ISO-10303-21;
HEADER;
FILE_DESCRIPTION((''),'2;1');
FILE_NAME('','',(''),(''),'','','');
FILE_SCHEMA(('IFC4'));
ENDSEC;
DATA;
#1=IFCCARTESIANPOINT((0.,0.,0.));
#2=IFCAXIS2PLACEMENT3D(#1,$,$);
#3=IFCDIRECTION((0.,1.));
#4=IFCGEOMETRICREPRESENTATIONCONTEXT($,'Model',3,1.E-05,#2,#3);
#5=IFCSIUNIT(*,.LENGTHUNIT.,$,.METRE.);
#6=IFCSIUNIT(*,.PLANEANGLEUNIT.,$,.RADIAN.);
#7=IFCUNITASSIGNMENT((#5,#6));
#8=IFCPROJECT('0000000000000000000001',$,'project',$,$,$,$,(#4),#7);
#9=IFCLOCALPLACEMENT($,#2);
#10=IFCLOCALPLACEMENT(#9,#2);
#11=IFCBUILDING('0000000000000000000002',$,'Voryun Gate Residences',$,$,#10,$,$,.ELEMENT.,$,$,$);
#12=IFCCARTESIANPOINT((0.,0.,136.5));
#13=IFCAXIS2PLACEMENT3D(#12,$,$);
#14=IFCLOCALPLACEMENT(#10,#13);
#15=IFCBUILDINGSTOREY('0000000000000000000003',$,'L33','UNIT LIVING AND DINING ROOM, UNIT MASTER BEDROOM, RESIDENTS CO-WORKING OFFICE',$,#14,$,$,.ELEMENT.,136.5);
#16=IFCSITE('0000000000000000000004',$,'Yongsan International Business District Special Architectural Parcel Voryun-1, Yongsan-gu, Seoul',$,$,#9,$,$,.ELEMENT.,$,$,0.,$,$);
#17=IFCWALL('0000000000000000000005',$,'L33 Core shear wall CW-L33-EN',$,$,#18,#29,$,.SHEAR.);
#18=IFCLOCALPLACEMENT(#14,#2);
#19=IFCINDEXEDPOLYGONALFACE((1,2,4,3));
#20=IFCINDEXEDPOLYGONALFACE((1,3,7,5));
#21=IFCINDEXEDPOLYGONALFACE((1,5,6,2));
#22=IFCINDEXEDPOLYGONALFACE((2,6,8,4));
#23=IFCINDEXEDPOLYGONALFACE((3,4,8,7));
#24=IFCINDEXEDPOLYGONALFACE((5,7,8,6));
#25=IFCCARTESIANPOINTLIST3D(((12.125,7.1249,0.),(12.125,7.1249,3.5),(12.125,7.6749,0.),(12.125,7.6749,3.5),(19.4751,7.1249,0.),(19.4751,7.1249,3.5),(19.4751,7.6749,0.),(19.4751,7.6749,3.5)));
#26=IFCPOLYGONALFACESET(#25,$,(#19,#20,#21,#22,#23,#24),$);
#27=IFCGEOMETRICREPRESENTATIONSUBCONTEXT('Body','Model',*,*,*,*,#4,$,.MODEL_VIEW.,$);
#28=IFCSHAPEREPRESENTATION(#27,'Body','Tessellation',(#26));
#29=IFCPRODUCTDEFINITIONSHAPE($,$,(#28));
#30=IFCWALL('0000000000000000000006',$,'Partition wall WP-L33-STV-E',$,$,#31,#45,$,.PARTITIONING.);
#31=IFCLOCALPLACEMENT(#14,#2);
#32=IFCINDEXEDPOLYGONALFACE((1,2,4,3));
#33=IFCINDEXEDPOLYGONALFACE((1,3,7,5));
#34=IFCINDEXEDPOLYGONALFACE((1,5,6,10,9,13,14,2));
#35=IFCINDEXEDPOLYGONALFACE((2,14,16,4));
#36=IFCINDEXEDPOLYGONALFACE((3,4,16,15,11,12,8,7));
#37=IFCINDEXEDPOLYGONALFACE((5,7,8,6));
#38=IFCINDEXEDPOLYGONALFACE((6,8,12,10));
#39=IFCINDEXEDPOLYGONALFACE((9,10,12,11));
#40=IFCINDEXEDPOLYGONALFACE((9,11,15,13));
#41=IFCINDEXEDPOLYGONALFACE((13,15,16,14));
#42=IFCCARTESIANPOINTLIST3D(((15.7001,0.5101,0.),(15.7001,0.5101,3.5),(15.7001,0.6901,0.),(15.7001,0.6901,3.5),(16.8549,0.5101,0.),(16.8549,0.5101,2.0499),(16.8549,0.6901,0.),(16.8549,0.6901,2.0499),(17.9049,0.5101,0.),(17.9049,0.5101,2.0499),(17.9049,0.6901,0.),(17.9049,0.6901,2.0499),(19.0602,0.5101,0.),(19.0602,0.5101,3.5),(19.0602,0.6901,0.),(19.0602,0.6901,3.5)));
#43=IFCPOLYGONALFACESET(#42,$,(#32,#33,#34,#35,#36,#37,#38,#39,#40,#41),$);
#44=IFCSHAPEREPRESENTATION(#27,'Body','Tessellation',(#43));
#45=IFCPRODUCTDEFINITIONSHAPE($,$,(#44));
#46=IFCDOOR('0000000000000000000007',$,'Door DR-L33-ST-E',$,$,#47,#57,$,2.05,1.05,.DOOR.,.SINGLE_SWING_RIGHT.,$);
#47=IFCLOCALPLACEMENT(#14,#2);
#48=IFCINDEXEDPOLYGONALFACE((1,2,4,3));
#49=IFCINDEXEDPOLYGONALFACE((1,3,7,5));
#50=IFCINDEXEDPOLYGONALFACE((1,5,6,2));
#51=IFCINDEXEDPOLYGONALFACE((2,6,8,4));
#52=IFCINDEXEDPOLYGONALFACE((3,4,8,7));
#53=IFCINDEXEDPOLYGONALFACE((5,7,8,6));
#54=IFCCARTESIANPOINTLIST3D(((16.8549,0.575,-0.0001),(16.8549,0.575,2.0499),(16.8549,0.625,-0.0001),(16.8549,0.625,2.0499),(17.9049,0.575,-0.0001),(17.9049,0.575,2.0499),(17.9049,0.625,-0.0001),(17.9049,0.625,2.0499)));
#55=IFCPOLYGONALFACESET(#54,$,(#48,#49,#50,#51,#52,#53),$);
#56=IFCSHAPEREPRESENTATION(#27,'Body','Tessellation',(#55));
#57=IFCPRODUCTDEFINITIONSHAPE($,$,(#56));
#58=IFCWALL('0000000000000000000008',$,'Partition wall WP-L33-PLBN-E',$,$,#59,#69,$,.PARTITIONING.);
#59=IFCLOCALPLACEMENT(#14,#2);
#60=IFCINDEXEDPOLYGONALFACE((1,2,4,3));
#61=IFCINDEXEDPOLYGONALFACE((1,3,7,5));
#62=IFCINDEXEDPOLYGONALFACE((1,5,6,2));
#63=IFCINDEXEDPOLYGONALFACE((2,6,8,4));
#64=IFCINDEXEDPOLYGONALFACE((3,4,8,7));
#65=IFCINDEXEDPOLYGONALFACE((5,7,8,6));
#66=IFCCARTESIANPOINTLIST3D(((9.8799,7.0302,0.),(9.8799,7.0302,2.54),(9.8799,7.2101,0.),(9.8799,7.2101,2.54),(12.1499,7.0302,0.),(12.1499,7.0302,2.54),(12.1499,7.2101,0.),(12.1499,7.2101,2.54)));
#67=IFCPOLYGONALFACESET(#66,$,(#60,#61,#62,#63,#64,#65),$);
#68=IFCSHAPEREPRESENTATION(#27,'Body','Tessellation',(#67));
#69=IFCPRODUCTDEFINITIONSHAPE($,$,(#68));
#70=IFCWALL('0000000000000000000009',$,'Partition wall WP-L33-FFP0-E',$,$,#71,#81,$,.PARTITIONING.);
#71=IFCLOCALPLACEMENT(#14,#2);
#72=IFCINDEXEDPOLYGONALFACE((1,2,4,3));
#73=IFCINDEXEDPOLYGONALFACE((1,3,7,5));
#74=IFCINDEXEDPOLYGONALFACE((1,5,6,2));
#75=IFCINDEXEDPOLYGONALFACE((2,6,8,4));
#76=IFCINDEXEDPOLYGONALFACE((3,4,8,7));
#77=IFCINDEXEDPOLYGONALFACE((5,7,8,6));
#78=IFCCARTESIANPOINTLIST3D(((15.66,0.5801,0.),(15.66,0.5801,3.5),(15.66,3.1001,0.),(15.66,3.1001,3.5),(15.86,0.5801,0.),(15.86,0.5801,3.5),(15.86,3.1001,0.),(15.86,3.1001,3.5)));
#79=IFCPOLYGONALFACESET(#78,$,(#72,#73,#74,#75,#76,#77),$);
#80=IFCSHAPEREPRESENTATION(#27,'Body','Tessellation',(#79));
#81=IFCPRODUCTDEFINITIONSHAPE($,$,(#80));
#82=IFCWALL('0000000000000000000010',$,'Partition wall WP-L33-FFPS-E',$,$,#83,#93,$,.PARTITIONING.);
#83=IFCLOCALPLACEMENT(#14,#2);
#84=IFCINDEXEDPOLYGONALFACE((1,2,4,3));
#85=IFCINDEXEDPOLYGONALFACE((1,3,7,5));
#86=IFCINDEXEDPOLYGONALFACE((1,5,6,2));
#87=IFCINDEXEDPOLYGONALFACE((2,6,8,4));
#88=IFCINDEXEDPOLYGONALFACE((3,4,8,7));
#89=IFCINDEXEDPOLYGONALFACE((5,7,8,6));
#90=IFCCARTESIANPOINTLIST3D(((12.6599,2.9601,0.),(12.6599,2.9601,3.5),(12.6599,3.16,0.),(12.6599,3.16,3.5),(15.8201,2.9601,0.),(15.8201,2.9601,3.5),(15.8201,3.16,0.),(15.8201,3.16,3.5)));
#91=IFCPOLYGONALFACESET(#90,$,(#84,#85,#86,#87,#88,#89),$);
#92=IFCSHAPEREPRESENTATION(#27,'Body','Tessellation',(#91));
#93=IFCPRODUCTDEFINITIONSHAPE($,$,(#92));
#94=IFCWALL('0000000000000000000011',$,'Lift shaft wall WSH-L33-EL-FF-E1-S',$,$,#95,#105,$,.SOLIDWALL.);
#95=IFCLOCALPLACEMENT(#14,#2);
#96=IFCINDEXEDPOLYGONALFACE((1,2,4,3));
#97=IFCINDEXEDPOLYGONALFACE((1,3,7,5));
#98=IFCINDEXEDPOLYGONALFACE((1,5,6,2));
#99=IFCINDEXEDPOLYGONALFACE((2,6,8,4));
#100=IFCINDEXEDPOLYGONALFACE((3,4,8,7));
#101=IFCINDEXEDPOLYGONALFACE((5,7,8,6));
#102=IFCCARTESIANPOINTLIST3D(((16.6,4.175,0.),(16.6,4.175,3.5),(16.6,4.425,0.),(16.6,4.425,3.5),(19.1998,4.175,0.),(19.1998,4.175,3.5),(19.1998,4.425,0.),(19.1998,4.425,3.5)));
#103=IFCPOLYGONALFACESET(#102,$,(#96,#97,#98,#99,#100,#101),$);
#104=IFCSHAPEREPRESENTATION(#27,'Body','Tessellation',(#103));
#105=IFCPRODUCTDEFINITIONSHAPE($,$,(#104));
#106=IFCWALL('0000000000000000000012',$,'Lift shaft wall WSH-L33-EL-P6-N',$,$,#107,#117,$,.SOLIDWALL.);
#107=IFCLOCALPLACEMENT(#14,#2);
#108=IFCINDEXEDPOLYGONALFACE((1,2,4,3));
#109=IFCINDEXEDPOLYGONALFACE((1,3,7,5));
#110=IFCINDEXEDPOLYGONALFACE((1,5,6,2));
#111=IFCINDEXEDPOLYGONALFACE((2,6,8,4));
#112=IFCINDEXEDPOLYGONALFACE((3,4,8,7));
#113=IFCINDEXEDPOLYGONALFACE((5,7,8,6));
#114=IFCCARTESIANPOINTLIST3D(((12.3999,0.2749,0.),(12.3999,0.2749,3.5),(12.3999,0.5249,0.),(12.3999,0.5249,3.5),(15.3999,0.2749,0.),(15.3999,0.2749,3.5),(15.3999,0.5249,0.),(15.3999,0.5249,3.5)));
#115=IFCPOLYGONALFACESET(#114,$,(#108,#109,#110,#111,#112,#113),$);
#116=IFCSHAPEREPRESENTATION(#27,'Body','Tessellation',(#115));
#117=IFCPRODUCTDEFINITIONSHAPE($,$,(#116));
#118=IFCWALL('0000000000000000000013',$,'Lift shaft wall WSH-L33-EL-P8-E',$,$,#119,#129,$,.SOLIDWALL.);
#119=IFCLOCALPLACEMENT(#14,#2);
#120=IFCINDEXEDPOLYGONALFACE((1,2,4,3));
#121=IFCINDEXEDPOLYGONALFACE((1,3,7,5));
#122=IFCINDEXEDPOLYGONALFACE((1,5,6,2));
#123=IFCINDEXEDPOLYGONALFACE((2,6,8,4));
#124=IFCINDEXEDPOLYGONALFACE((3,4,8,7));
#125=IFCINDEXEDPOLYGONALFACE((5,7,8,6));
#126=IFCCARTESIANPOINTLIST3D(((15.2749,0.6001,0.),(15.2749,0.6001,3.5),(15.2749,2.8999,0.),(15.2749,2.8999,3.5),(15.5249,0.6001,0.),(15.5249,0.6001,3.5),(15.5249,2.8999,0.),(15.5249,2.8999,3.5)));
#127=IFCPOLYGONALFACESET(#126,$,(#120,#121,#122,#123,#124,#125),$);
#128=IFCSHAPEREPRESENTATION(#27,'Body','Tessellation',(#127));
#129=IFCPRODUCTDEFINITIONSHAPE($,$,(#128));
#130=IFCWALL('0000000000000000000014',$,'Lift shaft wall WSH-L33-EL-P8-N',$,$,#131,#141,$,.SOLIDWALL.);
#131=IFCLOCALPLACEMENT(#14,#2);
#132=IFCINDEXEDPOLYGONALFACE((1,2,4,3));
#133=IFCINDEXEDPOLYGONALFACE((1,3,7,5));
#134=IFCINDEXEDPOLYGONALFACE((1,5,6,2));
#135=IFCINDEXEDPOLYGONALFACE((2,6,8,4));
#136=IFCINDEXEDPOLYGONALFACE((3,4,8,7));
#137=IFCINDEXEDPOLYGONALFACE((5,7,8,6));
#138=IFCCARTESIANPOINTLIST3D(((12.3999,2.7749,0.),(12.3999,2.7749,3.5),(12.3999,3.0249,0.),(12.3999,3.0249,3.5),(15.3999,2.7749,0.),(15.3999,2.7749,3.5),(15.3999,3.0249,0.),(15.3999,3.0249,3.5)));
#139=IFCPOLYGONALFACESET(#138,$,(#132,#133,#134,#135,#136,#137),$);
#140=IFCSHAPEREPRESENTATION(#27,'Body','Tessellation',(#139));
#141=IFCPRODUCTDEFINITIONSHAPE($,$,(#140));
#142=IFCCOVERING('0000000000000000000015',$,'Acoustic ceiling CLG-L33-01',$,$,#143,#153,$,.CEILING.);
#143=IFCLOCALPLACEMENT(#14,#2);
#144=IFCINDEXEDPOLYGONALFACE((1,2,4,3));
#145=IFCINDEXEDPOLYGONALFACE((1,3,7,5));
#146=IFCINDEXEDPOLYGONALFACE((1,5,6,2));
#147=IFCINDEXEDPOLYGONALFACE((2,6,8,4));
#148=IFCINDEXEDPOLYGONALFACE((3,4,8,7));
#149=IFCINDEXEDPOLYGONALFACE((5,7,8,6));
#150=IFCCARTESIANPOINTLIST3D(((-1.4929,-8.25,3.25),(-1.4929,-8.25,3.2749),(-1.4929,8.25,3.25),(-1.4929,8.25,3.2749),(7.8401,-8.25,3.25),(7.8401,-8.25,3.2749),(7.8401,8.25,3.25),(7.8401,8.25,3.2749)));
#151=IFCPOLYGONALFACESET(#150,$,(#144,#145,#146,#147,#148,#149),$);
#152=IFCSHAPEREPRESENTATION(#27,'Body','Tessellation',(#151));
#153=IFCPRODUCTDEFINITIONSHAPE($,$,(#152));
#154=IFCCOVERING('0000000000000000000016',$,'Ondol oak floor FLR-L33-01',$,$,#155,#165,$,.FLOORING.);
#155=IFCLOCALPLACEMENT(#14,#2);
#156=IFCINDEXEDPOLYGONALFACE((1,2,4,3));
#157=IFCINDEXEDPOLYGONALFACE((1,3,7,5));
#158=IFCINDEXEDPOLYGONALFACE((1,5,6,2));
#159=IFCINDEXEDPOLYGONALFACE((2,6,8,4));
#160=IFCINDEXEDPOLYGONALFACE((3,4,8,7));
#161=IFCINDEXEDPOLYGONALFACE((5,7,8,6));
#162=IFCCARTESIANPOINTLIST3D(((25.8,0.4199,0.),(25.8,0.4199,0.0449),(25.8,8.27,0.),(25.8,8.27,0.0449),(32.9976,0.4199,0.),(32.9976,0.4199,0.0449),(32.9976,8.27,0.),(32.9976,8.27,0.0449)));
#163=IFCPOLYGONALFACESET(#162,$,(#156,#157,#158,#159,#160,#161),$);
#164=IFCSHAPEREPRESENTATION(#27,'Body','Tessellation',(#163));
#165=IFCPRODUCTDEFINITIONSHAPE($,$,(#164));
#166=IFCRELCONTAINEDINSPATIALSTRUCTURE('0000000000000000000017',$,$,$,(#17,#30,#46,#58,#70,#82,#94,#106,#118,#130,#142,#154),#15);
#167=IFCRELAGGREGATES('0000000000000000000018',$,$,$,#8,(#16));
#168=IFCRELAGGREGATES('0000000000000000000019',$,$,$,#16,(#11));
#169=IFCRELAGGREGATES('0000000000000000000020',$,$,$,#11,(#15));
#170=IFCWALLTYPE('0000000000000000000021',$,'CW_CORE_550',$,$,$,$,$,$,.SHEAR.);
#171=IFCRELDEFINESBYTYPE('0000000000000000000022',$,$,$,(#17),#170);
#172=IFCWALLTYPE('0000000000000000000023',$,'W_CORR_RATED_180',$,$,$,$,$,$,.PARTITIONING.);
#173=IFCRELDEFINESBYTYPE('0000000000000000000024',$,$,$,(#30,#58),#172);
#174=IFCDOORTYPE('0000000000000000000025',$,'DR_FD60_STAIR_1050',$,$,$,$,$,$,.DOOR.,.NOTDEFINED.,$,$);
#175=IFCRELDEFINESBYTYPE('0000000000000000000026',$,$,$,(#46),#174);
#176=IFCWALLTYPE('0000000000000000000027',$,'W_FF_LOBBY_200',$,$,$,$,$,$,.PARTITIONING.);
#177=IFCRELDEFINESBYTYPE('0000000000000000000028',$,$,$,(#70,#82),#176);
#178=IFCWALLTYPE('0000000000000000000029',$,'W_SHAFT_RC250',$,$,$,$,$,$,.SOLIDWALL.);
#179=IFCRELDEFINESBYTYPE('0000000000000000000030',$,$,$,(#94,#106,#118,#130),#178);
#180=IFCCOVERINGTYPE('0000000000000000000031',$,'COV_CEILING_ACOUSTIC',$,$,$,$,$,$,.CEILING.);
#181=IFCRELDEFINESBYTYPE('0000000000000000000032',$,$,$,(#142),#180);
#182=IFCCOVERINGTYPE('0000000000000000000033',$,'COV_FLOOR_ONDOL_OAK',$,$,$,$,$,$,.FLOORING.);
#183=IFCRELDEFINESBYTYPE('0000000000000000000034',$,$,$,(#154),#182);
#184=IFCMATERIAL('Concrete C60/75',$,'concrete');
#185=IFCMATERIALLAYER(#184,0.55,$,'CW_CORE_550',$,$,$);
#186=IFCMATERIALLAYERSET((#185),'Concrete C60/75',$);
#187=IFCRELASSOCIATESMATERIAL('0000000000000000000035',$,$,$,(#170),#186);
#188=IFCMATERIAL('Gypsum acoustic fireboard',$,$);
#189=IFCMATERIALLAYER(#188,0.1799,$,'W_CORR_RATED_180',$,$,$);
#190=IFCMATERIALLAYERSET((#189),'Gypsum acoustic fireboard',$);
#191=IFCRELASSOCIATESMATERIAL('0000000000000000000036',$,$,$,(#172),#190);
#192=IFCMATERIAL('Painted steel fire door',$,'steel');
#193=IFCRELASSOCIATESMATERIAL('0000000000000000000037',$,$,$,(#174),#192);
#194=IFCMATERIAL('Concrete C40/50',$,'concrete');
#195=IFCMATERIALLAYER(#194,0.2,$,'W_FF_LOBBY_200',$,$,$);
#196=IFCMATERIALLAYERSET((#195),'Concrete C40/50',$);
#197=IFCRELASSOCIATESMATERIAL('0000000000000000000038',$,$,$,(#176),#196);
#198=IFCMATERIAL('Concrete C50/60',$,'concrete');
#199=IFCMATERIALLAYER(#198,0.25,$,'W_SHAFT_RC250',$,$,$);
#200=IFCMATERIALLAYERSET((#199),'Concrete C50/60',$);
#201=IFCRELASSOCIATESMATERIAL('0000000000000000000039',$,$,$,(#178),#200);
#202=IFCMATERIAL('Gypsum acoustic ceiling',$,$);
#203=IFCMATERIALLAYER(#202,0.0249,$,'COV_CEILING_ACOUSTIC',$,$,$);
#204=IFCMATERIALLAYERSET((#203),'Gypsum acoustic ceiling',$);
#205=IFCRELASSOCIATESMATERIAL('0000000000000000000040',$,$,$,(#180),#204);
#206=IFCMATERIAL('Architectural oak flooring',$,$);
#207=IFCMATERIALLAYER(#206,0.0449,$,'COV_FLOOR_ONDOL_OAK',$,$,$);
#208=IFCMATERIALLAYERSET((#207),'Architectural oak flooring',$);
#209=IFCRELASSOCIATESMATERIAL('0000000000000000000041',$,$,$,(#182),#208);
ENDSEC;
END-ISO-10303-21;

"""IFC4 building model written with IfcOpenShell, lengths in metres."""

from ifc_helpers import new_model, si_unit, direction, frame, frame_2d, origin, place, context, subcontext, project, spatial, polyline, rectangle, outline, extrude, material, layer, layer_set, type_object, element, fill, save


model = new_model("IFC4")

# Units and contexts
model_context = context("Model", 3, precision=1e-05, world=origin(), true_north=direction((0.0, 1.0)))
body_context = subcontext(model_context, "Body", "Model", "MODEL_VIEW")
ifc_project = project(units=[si_unit("LENGTHUNIT", "METRE"), si_unit("PLANEANGLEUNIT", "RADIAN")], contexts=[model_context])

# Site, building, storey
site_placement = place(None, origin())
site = spatial("IfcSite", under=ifc_project, at=site_placement, Name="Yongsan International Business District Special Architectural Parcel Voryun-1, Yongsan-gu, Seoul", CompositionType="ELEMENT", RefElevation=0.0)
building_placement = place(site_placement, origin())
building = spatial("IfcBuilding", under=site, at=building_placement, Name="Voryun Gate Residences", CompositionType="ELEMENT")
storey_placement = place(building_placement, frame((0.0, 0.0, 136.5)))
storey = spatial("IfcBuildingStorey", under=building, at=storey_placement, Name="L33", Description="UNIT LIVING AND DINING ROOM, UNIT MASTER BEDROOM, RESIDENTS CO-WORKING OFFICE", CompositionType="ELEMENT", Elevation=136.5)

# Wall
ifc_material_1 = material(Name="Concrete C60/75", Category="concrete")
ifc_layer_1 = layer(ifc_material_1, 0.55, Name="CW_CORE_550")
ifc_layer_set_1 = layer_set([ifc_layer_1], Name="Concrete C60/75")
wall_type_1 = type_object("IfcWallType", Name="CW_CORE_550", PredefinedType="SHEAR", material=ifc_layer_set_1)
wall_1_placement = place(storey_placement, frame((12.125, 7.3999, 0.0), z_axis=(0.0, 0.0, 1.0), x_axis=(1.0, 0.0, 0.0)))
element("IfcWall", 1, at=wall_1_placement, inside=storey, type_object=wall_type_1, Name="L33 Core shear wall CW-L33-EN", PredefinedType="SHEAR", context=body_context, shape_type="SweptSolid", body=[
    extrude(rectangle(XDim=7.3501, YDim=0.55, at=frame_2d((3.675, 0.0))), origin(), (0.0, 0.0, 1.0), 3.5),
])

# Wall, opening, door
ifc_material_2 = material(Name="Gypsum acoustic fireboard")
ifc_layer_2 = layer(ifc_material_2, 0.1799, Name="W_CORR_RATED_180")
ifc_layer_set_2 = layer_set([ifc_layer_2], Name="Gypsum acoustic fireboard")
wall_type_2 = type_object("IfcWallType", Name="W_CORR_RATED_180", PredefinedType="PARTITIONING", material=ifc_layer_set_2)
wall_2_placement = place(storey_placement, frame((15.7, 0.6001, 0.0), z_axis=(0.0, 0.0, 1.0), x_axis=(1.0, 0.0, 0.0)))
wall_2 = element("IfcWall", 2, at=wall_2_placement, inside=storey, type_object=wall_type_2, Name="Partition wall WP-L33-STV-E", PredefinedType="PARTITIONING", context=body_context, shape_type="SweptSolid", body=[
    extrude(rectangle(XDim=3.3601, YDim=0.1799, at=frame_2d((1.6802, 0.0))), origin(), (0.0, 0.0, 1.0), 3.5),
])
opening_placement = place(wall_2_placement, frame((1.155, 0.0, 0.0)))
opening = element("IfcOpeningElement", 3, at=opening_placement, cuts=wall_2, PredefinedType="OPENING", context=body_context, shape_type="SweptSolid", body=[
    extrude(rectangle(XDim=1.05, YDim=2.05, at=frame_2d((0.5249, 1.0249))), frame((0.0, 0.0999, 0.0), z_axis=(0.0, -1.0, 0.0), x_axis=(1.0, 0.0, 0.0)), (0.0, 0.0, 1.0), 0.2),
])
ifc_material_3 = material(Name="Painted steel fire door", Category="steel")
door_type = type_object("IfcDoorType", Name="DR_FD60_STAIR_1050", OperationType="NOTDEFINED", PredefinedType="DOOR", material=ifc_material_3)
door_placement = place(opening_placement, origin())
door = element("IfcDoor", 4, at=door_placement, inside=storey, type_object=door_type, Name="Door DR-L33-ST-E", OperationType="SINGLE_SWING_RIGHT", OverallHeight=2.05, OverallWidth=1.05, PredefinedType="DOOR", context=body_context, shape_type="SweptSolid", body=[
    extrude(rectangle(XDim=1.05, YDim=2.05, at=frame_2d((0.5249, 1.0249))), frame((0.0, 0.0249, 0.0), z_axis=(0.0, -1.0, 0.0), x_axis=(1.0, 0.0, 0.0)), (0.0, 0.0, 1.0), 0.05),
])
fill(opening, door)

# Walls
wall_3_placement = place(storey_placement, frame((9.8799, 7.1201, 0.0), z_axis=(0.0, 0.0, 1.0), x_axis=(1.0, 0.0, 0.0)))
element("IfcWall", 5, at=wall_3_placement, inside=storey, type_object=wall_type_2, Name="Partition wall WP-L33-PLBN-E", PredefinedType="PARTITIONING", context=body_context, shape_type="SweptSolid", body=[
    extrude(rectangle(XDim=2.27, YDim=0.1799, at=frame_2d((1.135, 0.0))), origin(), (0.0, 0.0, 1.0), 2.54),
])
ifc_material_4 = material(Name="Concrete C40/50", Category="concrete")
ifc_layer_3 = layer(ifc_material_4, 0.2, Name="W_FF_LOBBY_200")
ifc_layer_set_3 = layer_set([ifc_layer_3], Name="Concrete C40/50")
wall_type_3 = type_object("IfcWallType", Name="W_FF_LOBBY_200", PredefinedType="PARTITIONING", material=ifc_layer_set_3)
wall_4_placement = place(storey_placement, frame((15.76, 0.5801, 0.0), z_axis=(0.0, 0.0, 1.0), x_axis=(0.0, 1.0, 0.0)))
element("IfcWall", 6, at=wall_4_placement, inside=storey, type_object=wall_type_3, Name="Partition wall WP-L33-FFP0-E", PredefinedType="PARTITIONING", context=body_context, shape_type="SweptSolid", body=[
    extrude(rectangle(XDim=2.52, YDim=0.2, at=frame_2d((1.26, 0.0))), origin(), (0.0, 0.0, 1.0), 3.5),
])
wall_5_placement = place(storey_placement, frame((12.6599, 3.0601, 0.0), z_axis=(0.0, 0.0, 1.0), x_axis=(1.0, 0.0, 0.0)))
element("IfcWall", 7, at=wall_5_placement, inside=storey, type_object=wall_type_3, Name="Partition wall WP-L33-FFPS-E", PredefinedType="PARTITIONING", context=body_context, shape_type="SweptSolid", body=[
    extrude(rectangle(XDim=3.1602, YDim=0.2, at=frame_2d((1.5801, 0.0))), origin(), (0.0, 0.0, 1.0), 3.5),
])
ifc_material_5 = material(Name="Concrete C50/60", Category="concrete")
ifc_layer_4 = layer(ifc_material_5, 0.25, Name="W_SHAFT_RC250")
ifc_layer_set_4 = layer_set([ifc_layer_4], Name="Concrete C50/60")
wall_type_4 = type_object("IfcWallType", Name="W_SHAFT_RC250", PredefinedType="SOLIDWALL", material=ifc_layer_set_4)
wall_6_placement = place(storey_placement, frame((16.6001, 4.3, 0.0), z_axis=(0.0, 0.0, 1.0), x_axis=(1.0, 0.0, 0.0)))
element("IfcWall", 8, at=wall_6_placement, inside=storey, type_object=wall_type_4, Name="Lift shaft wall WSH-L33-EL-FF-E1-S", PredefinedType="SOLIDWALL", context=body_context, shape_type="SweptSolid", body=[
    extrude(rectangle(XDim=2.5999, YDim=0.25, at=frame_2d((1.2998, 0.0))), origin(), (0.0, 0.0, 1.0), 3.5),
])
wall_7_placement = place(storey_placement, frame((15.3999, 0.3999, 0.0), z_axis=(0.0, 0.0, 1.0), x_axis=(-1.0, 0.0, 0.0)))
element("IfcWall", 9, at=wall_7_placement, inside=storey, type_object=wall_type_4, Name="Lift shaft wall WSH-L33-EL-P6-N", PredefinedType="SOLIDWALL", context=body_context, shape_type="SweptSolid", body=[
    extrude(rectangle(XDim=3.0, YDim=0.25, at=frame_2d((1.5, 0.0))), origin(), (0.0, 0.0, 1.0), 3.5),
])
wall_8_placement = place(storey_placement, frame((15.3999, 0.6001, 0.0), z_axis=(0.0, 0.0, 1.0), x_axis=(0.0, 1.0, 0.0)))
element("IfcWall", 10, at=wall_8_placement, inside=storey, type_object=wall_type_4, Name="Lift shaft wall WSH-L33-EL-P8-E", PredefinedType="SOLIDWALL", context=body_context, shape_type="SweptSolid", body=[
    extrude(rectangle(XDim=2.2998, YDim=0.25, at=frame_2d((1.1499, 0.0))), origin(), (0.0, 0.0, 1.0), 3.5),
])
wall_9_placement = place(storey_placement, frame((15.3999, 2.8999, 0.0), z_axis=(0.0, 0.0, 1.0), x_axis=(-1.0, 0.0, 0.0)))
element("IfcWall", 11, at=wall_9_placement, inside=storey, type_object=wall_type_4, Name="Lift shaft wall WSH-L33-EL-P8-N", PredefinedType="SOLIDWALL", context=body_context, shape_type="SweptSolid", body=[
    extrude(rectangle(XDim=3.0, YDim=0.25, at=frame_2d((1.5, 0.0))), origin(), (0.0, 0.0, 1.0), 3.5),
])

# Coverings
ifc_material_6 = material(Name="Gypsum acoustic ceiling")
ifc_layer_5 = layer(ifc_material_6, 0.0249, Name="COV_CEILING_ACOUSTIC")
ifc_layer_set_5 = layer_set([ifc_layer_5], Name="Gypsum acoustic ceiling")
covering_type_1 = type_object("IfcCoveringType", Name="COV_CEILING_ACOUSTIC", PredefinedType="CEILING", material=ifc_layer_set_5)
covering_1_placement = place(storey_placement, frame((0.0, 0.0, 3.25)))
element("IfcCovering", 12, at=covering_1_placement, inside=storey, type_object=covering_type_1, Name="Acoustic ceiling CLG-L33-01", PredefinedType="CEILING", context=body_context, shape_type="SweptSolid", body=[
    extrude(outline(polyline([(-1.4929, 8.25), (7.8401, 8.25), (7.8401, -8.25), (-1.4929, -8.25), (-1.4929, 8.25)])), origin(), (0.0, 0.0, 1.0), 0.0249),
])
ifc_material_7 = material(Name="Architectural oak flooring")
ifc_layer_6 = layer(ifc_material_7, 0.0449, Name="COV_FLOOR_ONDOL_OAK")
ifc_layer_set_6 = layer_set([ifc_layer_6], Name="Architectural oak flooring")
covering_type_2 = type_object("IfcCoveringType", Name="COV_FLOOR_ONDOL_OAK", PredefinedType="FLOORING", material=ifc_layer_set_6)
covering_2_placement = place(storey_placement, origin())
element("IfcCovering", 13, at=covering_2_placement, inside=storey, type_object=covering_type_2, Name="Ondol oak floor FLR-L33-01", PredefinedType="FLOORING", context=body_context, shape_type="SweptSolid", body=[
    extrude(outline(polyline([(25.8, 0.4199), (25.8, 8.27), (32.9976, 8.27), (32.9976, 0.4199), (25.8, 0.4199)])), origin(), (0.0, 0.0, 1.0), 0.0449),
])

save(model, "model.ifc")
